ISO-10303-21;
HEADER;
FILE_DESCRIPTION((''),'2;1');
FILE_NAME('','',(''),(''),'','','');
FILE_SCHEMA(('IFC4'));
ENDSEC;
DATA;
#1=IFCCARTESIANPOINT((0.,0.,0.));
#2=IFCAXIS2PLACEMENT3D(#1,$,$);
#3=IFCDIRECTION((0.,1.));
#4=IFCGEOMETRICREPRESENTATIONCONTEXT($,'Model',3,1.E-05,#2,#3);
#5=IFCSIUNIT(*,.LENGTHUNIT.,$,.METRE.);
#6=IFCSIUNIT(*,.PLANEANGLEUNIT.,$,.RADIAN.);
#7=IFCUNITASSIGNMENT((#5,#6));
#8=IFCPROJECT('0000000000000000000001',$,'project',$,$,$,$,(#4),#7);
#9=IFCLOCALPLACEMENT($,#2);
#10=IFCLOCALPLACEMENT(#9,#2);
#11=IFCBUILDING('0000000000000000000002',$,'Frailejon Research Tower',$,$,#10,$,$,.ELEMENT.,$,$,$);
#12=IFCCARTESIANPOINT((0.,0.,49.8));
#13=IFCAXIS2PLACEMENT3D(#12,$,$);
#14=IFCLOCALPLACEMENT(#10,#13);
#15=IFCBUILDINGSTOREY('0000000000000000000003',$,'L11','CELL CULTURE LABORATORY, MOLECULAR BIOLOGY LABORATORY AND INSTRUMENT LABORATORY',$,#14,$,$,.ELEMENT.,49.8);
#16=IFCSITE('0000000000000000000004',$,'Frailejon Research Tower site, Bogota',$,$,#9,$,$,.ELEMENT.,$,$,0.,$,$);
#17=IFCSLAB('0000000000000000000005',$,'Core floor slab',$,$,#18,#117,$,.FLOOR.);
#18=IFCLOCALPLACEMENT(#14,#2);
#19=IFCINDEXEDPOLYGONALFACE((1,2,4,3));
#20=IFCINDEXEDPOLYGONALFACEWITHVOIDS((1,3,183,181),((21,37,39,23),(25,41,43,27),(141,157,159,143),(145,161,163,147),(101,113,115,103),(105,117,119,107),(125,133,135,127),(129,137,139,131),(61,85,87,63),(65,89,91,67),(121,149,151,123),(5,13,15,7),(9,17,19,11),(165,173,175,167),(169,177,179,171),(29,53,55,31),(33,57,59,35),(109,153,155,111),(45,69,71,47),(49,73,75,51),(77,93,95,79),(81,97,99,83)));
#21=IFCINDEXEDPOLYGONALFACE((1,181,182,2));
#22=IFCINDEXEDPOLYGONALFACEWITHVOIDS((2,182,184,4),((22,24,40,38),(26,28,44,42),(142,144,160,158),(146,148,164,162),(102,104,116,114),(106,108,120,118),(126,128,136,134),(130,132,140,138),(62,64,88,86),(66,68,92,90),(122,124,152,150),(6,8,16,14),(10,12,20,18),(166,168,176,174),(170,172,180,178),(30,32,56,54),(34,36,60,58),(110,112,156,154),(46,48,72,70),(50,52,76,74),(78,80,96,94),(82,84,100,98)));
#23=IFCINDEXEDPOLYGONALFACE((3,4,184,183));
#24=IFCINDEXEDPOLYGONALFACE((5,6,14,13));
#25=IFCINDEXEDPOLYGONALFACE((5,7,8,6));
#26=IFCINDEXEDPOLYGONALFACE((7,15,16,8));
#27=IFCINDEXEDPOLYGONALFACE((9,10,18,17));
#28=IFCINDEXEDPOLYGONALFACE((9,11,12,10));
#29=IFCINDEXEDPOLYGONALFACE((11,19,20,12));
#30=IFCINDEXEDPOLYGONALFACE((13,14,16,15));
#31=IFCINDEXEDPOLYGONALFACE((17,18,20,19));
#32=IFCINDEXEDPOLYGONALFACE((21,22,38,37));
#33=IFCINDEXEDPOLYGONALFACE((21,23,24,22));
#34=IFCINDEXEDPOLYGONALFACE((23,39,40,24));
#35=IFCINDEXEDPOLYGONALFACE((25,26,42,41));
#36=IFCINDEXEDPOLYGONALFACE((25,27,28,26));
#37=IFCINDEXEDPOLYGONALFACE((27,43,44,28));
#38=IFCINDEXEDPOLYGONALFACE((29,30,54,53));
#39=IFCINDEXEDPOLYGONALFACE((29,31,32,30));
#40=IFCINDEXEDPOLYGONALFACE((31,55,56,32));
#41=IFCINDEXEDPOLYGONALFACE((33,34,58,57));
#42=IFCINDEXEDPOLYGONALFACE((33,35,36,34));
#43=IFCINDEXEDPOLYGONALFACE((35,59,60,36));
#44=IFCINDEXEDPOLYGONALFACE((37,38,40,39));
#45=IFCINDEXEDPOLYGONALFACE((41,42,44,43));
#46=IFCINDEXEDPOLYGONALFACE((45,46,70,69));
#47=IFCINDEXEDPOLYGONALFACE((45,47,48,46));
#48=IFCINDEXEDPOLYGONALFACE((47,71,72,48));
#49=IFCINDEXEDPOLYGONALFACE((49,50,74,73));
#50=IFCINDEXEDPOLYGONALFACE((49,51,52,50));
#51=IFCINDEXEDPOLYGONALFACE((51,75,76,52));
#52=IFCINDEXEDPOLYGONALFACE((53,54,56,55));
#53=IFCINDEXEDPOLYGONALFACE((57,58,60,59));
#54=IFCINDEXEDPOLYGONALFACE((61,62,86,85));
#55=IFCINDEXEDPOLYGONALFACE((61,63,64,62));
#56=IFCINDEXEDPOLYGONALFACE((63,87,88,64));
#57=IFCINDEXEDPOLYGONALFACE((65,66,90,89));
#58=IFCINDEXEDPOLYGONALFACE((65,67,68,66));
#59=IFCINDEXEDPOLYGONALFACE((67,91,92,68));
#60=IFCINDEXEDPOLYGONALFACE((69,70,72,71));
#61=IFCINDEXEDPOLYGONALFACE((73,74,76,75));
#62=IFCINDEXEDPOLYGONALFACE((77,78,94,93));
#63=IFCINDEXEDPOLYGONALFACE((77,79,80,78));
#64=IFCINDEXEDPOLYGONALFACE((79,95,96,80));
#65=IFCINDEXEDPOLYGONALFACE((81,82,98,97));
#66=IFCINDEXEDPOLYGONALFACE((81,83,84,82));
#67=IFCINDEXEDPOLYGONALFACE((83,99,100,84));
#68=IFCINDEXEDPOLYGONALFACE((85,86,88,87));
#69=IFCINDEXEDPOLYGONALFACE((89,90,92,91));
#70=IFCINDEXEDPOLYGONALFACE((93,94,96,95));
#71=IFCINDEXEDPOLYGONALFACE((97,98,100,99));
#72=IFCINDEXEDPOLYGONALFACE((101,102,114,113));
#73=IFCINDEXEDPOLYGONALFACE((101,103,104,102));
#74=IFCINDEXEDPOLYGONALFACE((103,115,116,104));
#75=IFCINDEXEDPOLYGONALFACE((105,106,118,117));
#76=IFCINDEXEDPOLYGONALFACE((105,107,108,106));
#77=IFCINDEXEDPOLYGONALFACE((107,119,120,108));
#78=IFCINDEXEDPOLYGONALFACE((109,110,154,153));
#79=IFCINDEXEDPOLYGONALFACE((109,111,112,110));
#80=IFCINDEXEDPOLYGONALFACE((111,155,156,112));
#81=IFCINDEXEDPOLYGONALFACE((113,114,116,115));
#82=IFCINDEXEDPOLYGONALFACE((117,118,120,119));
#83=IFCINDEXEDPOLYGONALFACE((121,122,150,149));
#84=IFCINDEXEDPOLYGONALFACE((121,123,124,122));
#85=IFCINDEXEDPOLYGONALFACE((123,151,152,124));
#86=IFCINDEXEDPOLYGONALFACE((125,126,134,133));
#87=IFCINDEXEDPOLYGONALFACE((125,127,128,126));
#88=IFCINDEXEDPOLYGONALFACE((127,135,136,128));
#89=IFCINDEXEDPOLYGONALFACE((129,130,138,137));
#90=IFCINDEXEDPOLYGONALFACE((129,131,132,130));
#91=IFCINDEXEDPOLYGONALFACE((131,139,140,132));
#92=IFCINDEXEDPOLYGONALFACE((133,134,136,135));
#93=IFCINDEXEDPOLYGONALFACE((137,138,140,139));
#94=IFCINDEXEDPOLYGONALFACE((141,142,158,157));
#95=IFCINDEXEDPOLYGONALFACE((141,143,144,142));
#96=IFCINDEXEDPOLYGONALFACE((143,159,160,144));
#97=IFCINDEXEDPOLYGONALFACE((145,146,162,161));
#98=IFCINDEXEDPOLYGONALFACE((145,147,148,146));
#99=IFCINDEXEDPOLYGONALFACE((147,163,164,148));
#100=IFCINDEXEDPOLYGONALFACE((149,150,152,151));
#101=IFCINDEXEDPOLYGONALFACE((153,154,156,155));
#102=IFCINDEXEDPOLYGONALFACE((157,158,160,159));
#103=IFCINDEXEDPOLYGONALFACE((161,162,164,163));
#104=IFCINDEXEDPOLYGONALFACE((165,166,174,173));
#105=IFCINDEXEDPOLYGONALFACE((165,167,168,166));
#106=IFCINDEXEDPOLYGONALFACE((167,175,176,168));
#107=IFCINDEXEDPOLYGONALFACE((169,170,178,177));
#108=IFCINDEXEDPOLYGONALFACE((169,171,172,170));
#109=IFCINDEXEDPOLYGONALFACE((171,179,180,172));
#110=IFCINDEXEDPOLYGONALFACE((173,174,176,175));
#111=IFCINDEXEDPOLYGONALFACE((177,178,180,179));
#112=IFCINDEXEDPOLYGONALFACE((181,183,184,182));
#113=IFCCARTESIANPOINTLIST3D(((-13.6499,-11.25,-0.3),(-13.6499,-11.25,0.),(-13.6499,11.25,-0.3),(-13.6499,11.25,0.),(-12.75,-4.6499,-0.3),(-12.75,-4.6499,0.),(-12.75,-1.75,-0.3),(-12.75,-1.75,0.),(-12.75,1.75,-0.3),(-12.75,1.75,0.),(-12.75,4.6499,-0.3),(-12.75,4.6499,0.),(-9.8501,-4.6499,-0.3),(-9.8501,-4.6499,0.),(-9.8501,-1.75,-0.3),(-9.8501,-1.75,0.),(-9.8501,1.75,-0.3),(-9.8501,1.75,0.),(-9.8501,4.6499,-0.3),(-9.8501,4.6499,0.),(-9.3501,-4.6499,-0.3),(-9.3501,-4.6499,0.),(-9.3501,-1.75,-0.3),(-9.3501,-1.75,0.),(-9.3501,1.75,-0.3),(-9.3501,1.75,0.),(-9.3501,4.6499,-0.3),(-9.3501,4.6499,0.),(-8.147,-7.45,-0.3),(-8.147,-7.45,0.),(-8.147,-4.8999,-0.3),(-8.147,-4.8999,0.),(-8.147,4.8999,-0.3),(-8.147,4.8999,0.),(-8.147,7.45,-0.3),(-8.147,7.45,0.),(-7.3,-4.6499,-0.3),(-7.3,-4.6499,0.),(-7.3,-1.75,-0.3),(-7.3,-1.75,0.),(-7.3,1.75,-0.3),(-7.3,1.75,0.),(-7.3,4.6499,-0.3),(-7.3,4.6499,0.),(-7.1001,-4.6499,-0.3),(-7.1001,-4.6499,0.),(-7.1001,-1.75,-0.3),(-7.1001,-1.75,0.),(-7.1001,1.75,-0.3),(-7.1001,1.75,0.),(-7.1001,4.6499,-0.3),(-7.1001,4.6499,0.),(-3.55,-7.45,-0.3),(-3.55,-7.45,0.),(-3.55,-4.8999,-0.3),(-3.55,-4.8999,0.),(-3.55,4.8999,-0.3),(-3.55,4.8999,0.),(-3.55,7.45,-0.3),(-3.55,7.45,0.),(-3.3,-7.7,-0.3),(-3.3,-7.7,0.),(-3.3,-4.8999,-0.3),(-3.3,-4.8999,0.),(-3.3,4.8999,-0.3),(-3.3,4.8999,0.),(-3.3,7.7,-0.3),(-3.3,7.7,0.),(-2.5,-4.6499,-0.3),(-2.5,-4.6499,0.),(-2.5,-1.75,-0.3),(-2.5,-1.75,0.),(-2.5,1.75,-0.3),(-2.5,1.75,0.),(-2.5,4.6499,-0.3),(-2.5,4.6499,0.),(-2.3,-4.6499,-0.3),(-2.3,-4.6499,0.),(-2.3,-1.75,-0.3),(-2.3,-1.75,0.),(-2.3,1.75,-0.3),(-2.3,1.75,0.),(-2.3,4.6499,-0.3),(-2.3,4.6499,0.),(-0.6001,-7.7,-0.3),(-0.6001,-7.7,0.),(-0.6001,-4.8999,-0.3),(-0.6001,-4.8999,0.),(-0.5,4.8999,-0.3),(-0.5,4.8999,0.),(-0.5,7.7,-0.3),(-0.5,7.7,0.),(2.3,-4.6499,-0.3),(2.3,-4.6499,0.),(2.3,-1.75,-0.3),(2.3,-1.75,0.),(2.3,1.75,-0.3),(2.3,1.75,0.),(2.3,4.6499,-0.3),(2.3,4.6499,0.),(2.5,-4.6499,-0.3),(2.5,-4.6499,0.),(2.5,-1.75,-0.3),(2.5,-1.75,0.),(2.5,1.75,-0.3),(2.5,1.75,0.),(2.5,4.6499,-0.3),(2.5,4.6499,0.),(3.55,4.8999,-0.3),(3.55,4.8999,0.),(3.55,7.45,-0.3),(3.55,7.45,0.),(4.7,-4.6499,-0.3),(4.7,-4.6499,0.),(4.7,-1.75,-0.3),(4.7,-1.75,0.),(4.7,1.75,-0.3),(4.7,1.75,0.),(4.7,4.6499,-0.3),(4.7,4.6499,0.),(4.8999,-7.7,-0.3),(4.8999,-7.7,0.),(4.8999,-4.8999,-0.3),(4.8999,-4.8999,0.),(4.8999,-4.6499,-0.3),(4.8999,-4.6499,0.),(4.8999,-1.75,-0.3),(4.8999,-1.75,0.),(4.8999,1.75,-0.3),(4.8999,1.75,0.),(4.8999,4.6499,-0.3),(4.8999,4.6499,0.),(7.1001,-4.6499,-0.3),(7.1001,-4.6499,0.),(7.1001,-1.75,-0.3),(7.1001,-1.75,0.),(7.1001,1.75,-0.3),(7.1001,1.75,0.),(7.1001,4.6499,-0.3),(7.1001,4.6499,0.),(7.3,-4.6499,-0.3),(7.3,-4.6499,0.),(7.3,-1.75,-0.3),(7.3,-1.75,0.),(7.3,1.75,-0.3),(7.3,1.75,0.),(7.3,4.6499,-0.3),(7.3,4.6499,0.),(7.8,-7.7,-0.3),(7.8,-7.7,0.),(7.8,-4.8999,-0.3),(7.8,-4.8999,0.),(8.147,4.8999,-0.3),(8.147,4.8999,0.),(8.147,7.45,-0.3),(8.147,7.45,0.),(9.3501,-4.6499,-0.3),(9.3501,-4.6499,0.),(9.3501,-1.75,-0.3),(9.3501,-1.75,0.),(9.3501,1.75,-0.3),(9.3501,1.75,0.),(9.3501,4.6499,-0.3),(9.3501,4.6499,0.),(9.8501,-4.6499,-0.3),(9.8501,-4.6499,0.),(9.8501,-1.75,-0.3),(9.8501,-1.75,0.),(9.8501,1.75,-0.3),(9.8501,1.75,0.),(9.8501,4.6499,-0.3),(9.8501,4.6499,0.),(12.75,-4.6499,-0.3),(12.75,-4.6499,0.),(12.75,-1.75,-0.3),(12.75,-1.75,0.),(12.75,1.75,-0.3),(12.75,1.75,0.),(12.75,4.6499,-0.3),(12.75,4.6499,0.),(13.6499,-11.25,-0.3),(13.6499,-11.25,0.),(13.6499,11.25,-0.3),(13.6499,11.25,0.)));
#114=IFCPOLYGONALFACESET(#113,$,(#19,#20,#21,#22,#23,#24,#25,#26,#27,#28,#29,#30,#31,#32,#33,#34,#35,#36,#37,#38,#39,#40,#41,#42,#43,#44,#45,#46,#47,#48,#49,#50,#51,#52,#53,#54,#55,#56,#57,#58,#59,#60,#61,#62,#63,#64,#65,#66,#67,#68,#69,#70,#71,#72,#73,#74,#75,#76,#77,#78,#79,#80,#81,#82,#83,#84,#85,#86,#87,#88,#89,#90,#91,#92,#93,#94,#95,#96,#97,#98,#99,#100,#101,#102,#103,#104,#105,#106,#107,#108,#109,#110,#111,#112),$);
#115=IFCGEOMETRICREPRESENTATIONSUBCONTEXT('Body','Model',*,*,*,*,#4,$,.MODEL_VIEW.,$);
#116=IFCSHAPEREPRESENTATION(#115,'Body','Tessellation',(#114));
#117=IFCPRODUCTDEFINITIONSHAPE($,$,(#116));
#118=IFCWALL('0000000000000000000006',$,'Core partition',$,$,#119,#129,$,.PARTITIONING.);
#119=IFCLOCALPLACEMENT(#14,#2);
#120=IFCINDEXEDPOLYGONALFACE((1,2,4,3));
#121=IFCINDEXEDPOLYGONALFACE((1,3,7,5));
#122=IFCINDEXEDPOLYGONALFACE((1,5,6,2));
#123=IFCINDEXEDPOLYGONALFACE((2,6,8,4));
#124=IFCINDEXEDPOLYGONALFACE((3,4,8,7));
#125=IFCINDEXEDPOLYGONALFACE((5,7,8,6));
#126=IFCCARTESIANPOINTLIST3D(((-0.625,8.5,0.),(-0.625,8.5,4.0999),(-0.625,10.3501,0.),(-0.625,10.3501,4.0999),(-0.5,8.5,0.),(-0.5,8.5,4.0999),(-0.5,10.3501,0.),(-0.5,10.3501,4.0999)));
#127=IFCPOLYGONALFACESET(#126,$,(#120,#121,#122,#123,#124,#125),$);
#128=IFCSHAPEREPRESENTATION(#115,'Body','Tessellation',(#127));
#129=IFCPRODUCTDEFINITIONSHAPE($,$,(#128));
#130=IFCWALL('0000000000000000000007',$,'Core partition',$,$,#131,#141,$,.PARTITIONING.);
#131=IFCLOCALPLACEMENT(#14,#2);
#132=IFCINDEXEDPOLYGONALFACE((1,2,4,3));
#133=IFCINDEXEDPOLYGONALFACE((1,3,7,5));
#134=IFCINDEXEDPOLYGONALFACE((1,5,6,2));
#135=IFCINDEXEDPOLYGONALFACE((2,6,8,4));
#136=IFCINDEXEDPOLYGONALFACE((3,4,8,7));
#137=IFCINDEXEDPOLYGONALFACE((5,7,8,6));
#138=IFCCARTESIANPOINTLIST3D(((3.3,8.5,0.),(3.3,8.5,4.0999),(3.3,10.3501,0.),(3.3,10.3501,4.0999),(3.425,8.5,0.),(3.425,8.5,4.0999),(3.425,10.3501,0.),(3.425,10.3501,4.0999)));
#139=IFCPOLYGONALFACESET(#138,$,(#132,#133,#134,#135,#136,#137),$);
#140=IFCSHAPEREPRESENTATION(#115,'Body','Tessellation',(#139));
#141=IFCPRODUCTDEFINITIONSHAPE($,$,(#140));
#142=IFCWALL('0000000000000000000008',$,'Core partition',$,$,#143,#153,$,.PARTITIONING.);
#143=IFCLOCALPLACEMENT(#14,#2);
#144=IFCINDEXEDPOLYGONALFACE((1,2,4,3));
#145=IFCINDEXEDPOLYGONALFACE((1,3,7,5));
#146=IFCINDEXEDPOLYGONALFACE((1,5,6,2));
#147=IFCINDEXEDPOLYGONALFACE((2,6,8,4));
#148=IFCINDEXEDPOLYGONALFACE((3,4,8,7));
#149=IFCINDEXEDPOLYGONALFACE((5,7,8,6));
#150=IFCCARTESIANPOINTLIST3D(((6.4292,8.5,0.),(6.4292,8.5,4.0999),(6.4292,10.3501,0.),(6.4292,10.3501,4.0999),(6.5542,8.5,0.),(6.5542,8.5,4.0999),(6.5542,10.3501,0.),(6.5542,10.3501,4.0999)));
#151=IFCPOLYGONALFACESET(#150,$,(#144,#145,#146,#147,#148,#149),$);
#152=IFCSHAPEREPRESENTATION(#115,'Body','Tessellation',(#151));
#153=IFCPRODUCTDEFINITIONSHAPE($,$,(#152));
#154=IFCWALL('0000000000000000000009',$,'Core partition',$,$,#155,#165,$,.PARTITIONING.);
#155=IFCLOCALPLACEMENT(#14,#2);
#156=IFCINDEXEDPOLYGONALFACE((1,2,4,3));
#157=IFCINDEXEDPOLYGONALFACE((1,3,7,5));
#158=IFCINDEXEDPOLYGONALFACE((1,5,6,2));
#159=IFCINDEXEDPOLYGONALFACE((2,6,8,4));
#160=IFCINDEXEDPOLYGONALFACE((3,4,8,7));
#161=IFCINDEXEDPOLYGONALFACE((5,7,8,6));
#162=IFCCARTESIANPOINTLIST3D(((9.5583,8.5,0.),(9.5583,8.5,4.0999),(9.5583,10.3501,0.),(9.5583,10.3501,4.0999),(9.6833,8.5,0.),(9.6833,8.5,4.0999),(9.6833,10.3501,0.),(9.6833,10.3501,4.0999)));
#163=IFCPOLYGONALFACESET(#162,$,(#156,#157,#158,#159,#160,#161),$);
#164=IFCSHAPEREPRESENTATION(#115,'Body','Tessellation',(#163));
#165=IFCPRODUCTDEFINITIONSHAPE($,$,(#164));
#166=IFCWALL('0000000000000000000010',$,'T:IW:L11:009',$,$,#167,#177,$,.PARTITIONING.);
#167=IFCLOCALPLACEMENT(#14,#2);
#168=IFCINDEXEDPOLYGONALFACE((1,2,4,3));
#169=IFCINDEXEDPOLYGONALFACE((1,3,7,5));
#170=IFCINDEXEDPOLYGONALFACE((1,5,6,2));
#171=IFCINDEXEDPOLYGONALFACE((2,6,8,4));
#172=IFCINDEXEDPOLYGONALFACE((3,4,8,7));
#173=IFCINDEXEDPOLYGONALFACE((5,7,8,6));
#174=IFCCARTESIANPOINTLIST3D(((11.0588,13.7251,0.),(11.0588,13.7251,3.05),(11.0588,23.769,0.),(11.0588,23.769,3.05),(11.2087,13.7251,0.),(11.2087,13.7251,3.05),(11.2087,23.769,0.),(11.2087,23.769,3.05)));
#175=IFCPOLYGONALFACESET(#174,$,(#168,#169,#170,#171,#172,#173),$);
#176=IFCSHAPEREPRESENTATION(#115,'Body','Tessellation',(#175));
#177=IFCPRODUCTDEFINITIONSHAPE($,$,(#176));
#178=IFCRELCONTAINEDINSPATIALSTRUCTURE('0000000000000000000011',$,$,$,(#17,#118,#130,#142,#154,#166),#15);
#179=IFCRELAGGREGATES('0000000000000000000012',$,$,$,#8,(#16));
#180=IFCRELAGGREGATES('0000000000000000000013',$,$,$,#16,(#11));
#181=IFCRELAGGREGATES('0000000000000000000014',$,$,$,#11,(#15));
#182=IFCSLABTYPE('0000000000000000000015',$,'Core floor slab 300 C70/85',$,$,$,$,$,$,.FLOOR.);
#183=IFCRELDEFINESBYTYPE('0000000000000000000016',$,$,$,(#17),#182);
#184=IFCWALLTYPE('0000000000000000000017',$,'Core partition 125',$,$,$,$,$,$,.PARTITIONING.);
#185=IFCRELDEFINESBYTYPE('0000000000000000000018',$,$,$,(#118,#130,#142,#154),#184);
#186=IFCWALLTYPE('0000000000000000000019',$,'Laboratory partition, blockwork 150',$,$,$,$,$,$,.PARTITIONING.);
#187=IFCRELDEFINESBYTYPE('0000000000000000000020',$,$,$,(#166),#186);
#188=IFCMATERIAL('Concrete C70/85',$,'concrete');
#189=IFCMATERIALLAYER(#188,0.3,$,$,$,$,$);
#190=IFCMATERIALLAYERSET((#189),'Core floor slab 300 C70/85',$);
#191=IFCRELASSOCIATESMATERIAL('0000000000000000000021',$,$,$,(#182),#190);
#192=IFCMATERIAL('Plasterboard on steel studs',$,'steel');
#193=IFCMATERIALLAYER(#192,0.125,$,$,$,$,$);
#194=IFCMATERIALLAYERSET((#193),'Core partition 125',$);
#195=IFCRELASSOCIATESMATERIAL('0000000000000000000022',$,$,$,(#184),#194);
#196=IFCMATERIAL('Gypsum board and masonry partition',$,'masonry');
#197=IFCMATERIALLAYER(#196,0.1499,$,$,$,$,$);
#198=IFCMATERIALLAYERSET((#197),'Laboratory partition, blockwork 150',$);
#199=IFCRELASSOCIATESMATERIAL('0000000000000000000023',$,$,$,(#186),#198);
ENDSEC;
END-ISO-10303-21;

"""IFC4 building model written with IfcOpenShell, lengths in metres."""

from ifc_helpers import new_model, si_unit, direction, frame, frame_2d, origin, place, context, subcontext, project, spatial, polyline, rectangle, outline, extrude, material, layer, layer_set, type_object, element, save


model = new_model("IFC4")

# Units and contexts
model_context = context("Model", 3, precision=1e-05, world=origin(), true_north=direction((0.0, 1.0)))
body_context = subcontext(model_context, "Body", "Model", "MODEL_VIEW")
ifc_project = project(units=[si_unit("LENGTHUNIT", "METRE"), si_unit("PLANEANGLEUNIT", "RADIAN")], contexts=[model_context])

# Site, building, storey
site_placement = place(None, origin())
site = spatial("IfcSite", under=ifc_project, at=site_placement, Name="Frailejon Research Tower site, Bogota", CompositionType="ELEMENT", RefElevation=0.0)
building_placement = place(site_placement, origin())
building = spatial("IfcBuilding", under=site, at=building_placement, Name="Frailejon Research Tower", CompositionType="ELEMENT")
storey_placement = place(building_placement, frame((0.0, 0.0, 49.8)))
storey = spatial("IfcBuildingStorey", under=building, at=storey_placement, Name="L11", Description="CELL CULTURE LABORATORY, MOLECULAR BIOLOGY LABORATORY AND INSTRUMENT LABORATORY", CompositionType="ELEMENT", Elevation=49.8)

# Slab
ifc_material_1 = material(Name="Concrete C70/85", Category="concrete")
ifc_layer_1 = layer(ifc_material_1, 0.3)
ifc_layer_set_1 = layer_set([ifc_layer_1], Name="Core floor slab 300 C70/85")
slab_type = type_object("IfcSlabType", Name="Core floor slab 300 C70/85", PredefinedType="FLOOR", material=ifc_layer_set_1)
slab_placement = place(storey_placement, frame((0.0, 0.0, -0.3)))
element("IfcSlab", 1, at=slab_placement, inside=storey, type_object=slab_type, Name="Core floor slab", PredefinedType="FLOOR", context=body_context, shape_type="SweptSolid", body=[
    extrude(outline(polyline([(13.6499, -11.25), (13.6499, 11.25), (-13.6499, 11.25), (-13.6499, -11.25), (13.6499, -11.25)]), holes=[polyline([(-9.8501, 1.75), (-9.8501, 4.6499), (-12.75, 4.6499), (-12.75, 1.75), (-9.8501, 1.75)]), polyline([(-7.3, 1.75), (-7.3, 4.6499), (-9.3501, 4.6499), (-9.3501, 1.75), (-7.3, 1.75)]), polyline([(-2.5, 1.75), (-2.5, 4.6499), (-7.1001, 4.6499), (-7.1001, 1.75), (-2.5, 1.75)]), polyline([(2.3, 1.75), (2.3, 4.6499), (-2.3, 4.6499), (-2.3, 1.75), (2.3, 1.75)]), polyline([(4.7, 1.75), (4.7, 4.6499), (2.5, 4.6499), (2.5, 1.75), (4.7, 1.75)]), polyline([(7.1001, 1.75), (7.1001, 4.6499), (4.8999, 4.6499), (4.8999, 1.75), (7.1001, 1.75)]), polyline([(9.3501, 1.75), (9.3501, 4.6499), (7.3, 4.6499), (7.3, 1.75), (9.3501, 1.75)]), polyline([(12.75, 1.75), (12.75, 4.6499), (9.8501, 4.6499), (9.8501, 1.75), (12.75, 1.75)]), polyline([(-9.8501, -4.6499), (-9.8501, -1.75), (-12.75, -1.75), (-12.75, -4.6499), (-9.8501, -4.6499)]), polyline([(-7.3, -4.6499), (-7.3, -1.75), (-9.3501, -1.75), (-9.3501, -4.6499), (-7.3, -4.6499)]), polyline([(-2.5, -4.6499), (-2.5, -1.75), (-7.1001, -1.75), (-7.1001, -4.6499), (-2.5, -4.6499)]), polyline([(2.3, -4.6499), (2.3, -1.75), (-2.3, -1.75), (-2.3, -4.6499), (2.3, -4.6499)]), polyline([(4.7, -4.6499), (4.7, -1.75), (2.5, -1.75), (2.5, -4.6499), (4.7, -4.6499)]), polyline([(7.1001, -4.6499), (7.1001, -1.75), (4.8999, -1.75), (4.8999, -4.6499), (7.1001, -4.6499)]), polyline([(9.3501, -4.6499), (9.3501, -1.75), (7.3, -1.75), (7.3, -4.6499), (9.3501, -4.6499)]), polyline([(12.75, -4.6499), (12.75, -1.75), (9.8501, -1.75), (9.8501, -4.6499), (12.75, -4.6499)]), polyline([(-8.147, 4.8999), (-3.55, 4.8999), (-3.55, 7.45), (-8.147, 7.45), (-8.147, 4.8999)]), polyline([(-8.147, -7.45), (-3.55, -7.45), (-3.55, -4.8999), (-8.147, -4.8999), (-8.147, -7.45)]), polyline([(8.147, 7.45), (3.55, 7.45), (3.55, 4.8999), (8.147, 4.8999), (8.147, 7.45)]), polyline([(-0.6001, -7.7), (-0.6001, -4.8999), (-3.3, -4.8999), (-3.3, -7.7), (-0.6001, -7.7)]), polyline([(7.8, -7.7), (7.8, -4.8999), (4.8999, -4.8999), (4.8999, -7.7), (7.8, -7.7)]), polyline([(-0.5, 4.8999), (-0.5, 7.7), (-3.3, 7.7), (-3.3, 4.8999), (-0.5, 4.8999)])]), origin(), (0.0, 0.0, 1.0), 0.3),
])

# Walls
ifc_material_2 = material(Name="Plasterboard on steel studs", Category="steel")
ifc_layer_2 = layer(ifc_material_2, 0.125)
ifc_layer_set_2 = layer_set([ifc_layer_2], Name="Core partition 125")
wall_type_1 = type_object("IfcWallType", Name="Core partition 125", PredefinedType="PARTITIONING", material=ifc_layer_set_2)
for number, where, z_axis, x_axis, name in (
    (2, (-0.5625, 8.5, 0.0), (0.0, 0.0, 1.0), (0.0, 1.0, 0.0), "Core partition"),
    (3, (3.3625, 8.5, 0.0), (0.0, 0.0, 1.0), (0.0, 1.0, 0.0), "Core partition"),
    (4, (6.4917, 8.5, 0.0), (0.0, 0.0, 1.0), (0.0, 1.0, 0.0), "Core partition"),
    (5, (9.6208, 8.5, 0.0), (0.0, 0.0, 1.0), (0.0, 1.0, 0.0), "Core partition"),
):
    element("IfcWall", number, at=place(storey_placement, frame(where, z_axis=z_axis, x_axis=x_axis)), inside=storey, type_object=wall_type_1, Name=name, PredefinedType="PARTITIONING", context=body_context, shape_type="SweptSolid", body=[
        extrude(rectangle(XDim=1.8501, YDim=0.125, at=frame_2d((0.925, 0.0))), origin(), (0.0, 0.0, 1.0), 4.0999),
    ])
ifc_material_3 = material(Name="Gypsum board and masonry partition", Category="masonry")
ifc_layer_3 = layer(ifc_material_3, 0.1499)
ifc_layer_set_3 = layer_set([ifc_layer_3], Name="Laboratory partition, blockwork 150")
wall_type_2 = type_object("IfcWallType", Name="Laboratory partition, blockwork 150", PredefinedType="PARTITIONING", material=ifc_layer_set_3)
wall_1_placement = place(storey_placement, frame((11.1338, 13.7251, 0.0), z_axis=(0.0, 0.0, 1.0), x_axis=(0.0, 1.0, 0.0)))
element("IfcWall", 6, at=wall_1_placement, inside=storey, type_object=wall_type_2, Name="T:IW:L11:009", PredefinedType="PARTITIONING", context=body_context, shape_type="SweptSolid", body=[
    extrude(rectangle(XDim=10.0439, YDim=0.1499, at=frame_2d((5.022, 0.0))), origin(), (0.0, 0.0, 1.0), 3.05),
])

save(model, "model.ifc")
